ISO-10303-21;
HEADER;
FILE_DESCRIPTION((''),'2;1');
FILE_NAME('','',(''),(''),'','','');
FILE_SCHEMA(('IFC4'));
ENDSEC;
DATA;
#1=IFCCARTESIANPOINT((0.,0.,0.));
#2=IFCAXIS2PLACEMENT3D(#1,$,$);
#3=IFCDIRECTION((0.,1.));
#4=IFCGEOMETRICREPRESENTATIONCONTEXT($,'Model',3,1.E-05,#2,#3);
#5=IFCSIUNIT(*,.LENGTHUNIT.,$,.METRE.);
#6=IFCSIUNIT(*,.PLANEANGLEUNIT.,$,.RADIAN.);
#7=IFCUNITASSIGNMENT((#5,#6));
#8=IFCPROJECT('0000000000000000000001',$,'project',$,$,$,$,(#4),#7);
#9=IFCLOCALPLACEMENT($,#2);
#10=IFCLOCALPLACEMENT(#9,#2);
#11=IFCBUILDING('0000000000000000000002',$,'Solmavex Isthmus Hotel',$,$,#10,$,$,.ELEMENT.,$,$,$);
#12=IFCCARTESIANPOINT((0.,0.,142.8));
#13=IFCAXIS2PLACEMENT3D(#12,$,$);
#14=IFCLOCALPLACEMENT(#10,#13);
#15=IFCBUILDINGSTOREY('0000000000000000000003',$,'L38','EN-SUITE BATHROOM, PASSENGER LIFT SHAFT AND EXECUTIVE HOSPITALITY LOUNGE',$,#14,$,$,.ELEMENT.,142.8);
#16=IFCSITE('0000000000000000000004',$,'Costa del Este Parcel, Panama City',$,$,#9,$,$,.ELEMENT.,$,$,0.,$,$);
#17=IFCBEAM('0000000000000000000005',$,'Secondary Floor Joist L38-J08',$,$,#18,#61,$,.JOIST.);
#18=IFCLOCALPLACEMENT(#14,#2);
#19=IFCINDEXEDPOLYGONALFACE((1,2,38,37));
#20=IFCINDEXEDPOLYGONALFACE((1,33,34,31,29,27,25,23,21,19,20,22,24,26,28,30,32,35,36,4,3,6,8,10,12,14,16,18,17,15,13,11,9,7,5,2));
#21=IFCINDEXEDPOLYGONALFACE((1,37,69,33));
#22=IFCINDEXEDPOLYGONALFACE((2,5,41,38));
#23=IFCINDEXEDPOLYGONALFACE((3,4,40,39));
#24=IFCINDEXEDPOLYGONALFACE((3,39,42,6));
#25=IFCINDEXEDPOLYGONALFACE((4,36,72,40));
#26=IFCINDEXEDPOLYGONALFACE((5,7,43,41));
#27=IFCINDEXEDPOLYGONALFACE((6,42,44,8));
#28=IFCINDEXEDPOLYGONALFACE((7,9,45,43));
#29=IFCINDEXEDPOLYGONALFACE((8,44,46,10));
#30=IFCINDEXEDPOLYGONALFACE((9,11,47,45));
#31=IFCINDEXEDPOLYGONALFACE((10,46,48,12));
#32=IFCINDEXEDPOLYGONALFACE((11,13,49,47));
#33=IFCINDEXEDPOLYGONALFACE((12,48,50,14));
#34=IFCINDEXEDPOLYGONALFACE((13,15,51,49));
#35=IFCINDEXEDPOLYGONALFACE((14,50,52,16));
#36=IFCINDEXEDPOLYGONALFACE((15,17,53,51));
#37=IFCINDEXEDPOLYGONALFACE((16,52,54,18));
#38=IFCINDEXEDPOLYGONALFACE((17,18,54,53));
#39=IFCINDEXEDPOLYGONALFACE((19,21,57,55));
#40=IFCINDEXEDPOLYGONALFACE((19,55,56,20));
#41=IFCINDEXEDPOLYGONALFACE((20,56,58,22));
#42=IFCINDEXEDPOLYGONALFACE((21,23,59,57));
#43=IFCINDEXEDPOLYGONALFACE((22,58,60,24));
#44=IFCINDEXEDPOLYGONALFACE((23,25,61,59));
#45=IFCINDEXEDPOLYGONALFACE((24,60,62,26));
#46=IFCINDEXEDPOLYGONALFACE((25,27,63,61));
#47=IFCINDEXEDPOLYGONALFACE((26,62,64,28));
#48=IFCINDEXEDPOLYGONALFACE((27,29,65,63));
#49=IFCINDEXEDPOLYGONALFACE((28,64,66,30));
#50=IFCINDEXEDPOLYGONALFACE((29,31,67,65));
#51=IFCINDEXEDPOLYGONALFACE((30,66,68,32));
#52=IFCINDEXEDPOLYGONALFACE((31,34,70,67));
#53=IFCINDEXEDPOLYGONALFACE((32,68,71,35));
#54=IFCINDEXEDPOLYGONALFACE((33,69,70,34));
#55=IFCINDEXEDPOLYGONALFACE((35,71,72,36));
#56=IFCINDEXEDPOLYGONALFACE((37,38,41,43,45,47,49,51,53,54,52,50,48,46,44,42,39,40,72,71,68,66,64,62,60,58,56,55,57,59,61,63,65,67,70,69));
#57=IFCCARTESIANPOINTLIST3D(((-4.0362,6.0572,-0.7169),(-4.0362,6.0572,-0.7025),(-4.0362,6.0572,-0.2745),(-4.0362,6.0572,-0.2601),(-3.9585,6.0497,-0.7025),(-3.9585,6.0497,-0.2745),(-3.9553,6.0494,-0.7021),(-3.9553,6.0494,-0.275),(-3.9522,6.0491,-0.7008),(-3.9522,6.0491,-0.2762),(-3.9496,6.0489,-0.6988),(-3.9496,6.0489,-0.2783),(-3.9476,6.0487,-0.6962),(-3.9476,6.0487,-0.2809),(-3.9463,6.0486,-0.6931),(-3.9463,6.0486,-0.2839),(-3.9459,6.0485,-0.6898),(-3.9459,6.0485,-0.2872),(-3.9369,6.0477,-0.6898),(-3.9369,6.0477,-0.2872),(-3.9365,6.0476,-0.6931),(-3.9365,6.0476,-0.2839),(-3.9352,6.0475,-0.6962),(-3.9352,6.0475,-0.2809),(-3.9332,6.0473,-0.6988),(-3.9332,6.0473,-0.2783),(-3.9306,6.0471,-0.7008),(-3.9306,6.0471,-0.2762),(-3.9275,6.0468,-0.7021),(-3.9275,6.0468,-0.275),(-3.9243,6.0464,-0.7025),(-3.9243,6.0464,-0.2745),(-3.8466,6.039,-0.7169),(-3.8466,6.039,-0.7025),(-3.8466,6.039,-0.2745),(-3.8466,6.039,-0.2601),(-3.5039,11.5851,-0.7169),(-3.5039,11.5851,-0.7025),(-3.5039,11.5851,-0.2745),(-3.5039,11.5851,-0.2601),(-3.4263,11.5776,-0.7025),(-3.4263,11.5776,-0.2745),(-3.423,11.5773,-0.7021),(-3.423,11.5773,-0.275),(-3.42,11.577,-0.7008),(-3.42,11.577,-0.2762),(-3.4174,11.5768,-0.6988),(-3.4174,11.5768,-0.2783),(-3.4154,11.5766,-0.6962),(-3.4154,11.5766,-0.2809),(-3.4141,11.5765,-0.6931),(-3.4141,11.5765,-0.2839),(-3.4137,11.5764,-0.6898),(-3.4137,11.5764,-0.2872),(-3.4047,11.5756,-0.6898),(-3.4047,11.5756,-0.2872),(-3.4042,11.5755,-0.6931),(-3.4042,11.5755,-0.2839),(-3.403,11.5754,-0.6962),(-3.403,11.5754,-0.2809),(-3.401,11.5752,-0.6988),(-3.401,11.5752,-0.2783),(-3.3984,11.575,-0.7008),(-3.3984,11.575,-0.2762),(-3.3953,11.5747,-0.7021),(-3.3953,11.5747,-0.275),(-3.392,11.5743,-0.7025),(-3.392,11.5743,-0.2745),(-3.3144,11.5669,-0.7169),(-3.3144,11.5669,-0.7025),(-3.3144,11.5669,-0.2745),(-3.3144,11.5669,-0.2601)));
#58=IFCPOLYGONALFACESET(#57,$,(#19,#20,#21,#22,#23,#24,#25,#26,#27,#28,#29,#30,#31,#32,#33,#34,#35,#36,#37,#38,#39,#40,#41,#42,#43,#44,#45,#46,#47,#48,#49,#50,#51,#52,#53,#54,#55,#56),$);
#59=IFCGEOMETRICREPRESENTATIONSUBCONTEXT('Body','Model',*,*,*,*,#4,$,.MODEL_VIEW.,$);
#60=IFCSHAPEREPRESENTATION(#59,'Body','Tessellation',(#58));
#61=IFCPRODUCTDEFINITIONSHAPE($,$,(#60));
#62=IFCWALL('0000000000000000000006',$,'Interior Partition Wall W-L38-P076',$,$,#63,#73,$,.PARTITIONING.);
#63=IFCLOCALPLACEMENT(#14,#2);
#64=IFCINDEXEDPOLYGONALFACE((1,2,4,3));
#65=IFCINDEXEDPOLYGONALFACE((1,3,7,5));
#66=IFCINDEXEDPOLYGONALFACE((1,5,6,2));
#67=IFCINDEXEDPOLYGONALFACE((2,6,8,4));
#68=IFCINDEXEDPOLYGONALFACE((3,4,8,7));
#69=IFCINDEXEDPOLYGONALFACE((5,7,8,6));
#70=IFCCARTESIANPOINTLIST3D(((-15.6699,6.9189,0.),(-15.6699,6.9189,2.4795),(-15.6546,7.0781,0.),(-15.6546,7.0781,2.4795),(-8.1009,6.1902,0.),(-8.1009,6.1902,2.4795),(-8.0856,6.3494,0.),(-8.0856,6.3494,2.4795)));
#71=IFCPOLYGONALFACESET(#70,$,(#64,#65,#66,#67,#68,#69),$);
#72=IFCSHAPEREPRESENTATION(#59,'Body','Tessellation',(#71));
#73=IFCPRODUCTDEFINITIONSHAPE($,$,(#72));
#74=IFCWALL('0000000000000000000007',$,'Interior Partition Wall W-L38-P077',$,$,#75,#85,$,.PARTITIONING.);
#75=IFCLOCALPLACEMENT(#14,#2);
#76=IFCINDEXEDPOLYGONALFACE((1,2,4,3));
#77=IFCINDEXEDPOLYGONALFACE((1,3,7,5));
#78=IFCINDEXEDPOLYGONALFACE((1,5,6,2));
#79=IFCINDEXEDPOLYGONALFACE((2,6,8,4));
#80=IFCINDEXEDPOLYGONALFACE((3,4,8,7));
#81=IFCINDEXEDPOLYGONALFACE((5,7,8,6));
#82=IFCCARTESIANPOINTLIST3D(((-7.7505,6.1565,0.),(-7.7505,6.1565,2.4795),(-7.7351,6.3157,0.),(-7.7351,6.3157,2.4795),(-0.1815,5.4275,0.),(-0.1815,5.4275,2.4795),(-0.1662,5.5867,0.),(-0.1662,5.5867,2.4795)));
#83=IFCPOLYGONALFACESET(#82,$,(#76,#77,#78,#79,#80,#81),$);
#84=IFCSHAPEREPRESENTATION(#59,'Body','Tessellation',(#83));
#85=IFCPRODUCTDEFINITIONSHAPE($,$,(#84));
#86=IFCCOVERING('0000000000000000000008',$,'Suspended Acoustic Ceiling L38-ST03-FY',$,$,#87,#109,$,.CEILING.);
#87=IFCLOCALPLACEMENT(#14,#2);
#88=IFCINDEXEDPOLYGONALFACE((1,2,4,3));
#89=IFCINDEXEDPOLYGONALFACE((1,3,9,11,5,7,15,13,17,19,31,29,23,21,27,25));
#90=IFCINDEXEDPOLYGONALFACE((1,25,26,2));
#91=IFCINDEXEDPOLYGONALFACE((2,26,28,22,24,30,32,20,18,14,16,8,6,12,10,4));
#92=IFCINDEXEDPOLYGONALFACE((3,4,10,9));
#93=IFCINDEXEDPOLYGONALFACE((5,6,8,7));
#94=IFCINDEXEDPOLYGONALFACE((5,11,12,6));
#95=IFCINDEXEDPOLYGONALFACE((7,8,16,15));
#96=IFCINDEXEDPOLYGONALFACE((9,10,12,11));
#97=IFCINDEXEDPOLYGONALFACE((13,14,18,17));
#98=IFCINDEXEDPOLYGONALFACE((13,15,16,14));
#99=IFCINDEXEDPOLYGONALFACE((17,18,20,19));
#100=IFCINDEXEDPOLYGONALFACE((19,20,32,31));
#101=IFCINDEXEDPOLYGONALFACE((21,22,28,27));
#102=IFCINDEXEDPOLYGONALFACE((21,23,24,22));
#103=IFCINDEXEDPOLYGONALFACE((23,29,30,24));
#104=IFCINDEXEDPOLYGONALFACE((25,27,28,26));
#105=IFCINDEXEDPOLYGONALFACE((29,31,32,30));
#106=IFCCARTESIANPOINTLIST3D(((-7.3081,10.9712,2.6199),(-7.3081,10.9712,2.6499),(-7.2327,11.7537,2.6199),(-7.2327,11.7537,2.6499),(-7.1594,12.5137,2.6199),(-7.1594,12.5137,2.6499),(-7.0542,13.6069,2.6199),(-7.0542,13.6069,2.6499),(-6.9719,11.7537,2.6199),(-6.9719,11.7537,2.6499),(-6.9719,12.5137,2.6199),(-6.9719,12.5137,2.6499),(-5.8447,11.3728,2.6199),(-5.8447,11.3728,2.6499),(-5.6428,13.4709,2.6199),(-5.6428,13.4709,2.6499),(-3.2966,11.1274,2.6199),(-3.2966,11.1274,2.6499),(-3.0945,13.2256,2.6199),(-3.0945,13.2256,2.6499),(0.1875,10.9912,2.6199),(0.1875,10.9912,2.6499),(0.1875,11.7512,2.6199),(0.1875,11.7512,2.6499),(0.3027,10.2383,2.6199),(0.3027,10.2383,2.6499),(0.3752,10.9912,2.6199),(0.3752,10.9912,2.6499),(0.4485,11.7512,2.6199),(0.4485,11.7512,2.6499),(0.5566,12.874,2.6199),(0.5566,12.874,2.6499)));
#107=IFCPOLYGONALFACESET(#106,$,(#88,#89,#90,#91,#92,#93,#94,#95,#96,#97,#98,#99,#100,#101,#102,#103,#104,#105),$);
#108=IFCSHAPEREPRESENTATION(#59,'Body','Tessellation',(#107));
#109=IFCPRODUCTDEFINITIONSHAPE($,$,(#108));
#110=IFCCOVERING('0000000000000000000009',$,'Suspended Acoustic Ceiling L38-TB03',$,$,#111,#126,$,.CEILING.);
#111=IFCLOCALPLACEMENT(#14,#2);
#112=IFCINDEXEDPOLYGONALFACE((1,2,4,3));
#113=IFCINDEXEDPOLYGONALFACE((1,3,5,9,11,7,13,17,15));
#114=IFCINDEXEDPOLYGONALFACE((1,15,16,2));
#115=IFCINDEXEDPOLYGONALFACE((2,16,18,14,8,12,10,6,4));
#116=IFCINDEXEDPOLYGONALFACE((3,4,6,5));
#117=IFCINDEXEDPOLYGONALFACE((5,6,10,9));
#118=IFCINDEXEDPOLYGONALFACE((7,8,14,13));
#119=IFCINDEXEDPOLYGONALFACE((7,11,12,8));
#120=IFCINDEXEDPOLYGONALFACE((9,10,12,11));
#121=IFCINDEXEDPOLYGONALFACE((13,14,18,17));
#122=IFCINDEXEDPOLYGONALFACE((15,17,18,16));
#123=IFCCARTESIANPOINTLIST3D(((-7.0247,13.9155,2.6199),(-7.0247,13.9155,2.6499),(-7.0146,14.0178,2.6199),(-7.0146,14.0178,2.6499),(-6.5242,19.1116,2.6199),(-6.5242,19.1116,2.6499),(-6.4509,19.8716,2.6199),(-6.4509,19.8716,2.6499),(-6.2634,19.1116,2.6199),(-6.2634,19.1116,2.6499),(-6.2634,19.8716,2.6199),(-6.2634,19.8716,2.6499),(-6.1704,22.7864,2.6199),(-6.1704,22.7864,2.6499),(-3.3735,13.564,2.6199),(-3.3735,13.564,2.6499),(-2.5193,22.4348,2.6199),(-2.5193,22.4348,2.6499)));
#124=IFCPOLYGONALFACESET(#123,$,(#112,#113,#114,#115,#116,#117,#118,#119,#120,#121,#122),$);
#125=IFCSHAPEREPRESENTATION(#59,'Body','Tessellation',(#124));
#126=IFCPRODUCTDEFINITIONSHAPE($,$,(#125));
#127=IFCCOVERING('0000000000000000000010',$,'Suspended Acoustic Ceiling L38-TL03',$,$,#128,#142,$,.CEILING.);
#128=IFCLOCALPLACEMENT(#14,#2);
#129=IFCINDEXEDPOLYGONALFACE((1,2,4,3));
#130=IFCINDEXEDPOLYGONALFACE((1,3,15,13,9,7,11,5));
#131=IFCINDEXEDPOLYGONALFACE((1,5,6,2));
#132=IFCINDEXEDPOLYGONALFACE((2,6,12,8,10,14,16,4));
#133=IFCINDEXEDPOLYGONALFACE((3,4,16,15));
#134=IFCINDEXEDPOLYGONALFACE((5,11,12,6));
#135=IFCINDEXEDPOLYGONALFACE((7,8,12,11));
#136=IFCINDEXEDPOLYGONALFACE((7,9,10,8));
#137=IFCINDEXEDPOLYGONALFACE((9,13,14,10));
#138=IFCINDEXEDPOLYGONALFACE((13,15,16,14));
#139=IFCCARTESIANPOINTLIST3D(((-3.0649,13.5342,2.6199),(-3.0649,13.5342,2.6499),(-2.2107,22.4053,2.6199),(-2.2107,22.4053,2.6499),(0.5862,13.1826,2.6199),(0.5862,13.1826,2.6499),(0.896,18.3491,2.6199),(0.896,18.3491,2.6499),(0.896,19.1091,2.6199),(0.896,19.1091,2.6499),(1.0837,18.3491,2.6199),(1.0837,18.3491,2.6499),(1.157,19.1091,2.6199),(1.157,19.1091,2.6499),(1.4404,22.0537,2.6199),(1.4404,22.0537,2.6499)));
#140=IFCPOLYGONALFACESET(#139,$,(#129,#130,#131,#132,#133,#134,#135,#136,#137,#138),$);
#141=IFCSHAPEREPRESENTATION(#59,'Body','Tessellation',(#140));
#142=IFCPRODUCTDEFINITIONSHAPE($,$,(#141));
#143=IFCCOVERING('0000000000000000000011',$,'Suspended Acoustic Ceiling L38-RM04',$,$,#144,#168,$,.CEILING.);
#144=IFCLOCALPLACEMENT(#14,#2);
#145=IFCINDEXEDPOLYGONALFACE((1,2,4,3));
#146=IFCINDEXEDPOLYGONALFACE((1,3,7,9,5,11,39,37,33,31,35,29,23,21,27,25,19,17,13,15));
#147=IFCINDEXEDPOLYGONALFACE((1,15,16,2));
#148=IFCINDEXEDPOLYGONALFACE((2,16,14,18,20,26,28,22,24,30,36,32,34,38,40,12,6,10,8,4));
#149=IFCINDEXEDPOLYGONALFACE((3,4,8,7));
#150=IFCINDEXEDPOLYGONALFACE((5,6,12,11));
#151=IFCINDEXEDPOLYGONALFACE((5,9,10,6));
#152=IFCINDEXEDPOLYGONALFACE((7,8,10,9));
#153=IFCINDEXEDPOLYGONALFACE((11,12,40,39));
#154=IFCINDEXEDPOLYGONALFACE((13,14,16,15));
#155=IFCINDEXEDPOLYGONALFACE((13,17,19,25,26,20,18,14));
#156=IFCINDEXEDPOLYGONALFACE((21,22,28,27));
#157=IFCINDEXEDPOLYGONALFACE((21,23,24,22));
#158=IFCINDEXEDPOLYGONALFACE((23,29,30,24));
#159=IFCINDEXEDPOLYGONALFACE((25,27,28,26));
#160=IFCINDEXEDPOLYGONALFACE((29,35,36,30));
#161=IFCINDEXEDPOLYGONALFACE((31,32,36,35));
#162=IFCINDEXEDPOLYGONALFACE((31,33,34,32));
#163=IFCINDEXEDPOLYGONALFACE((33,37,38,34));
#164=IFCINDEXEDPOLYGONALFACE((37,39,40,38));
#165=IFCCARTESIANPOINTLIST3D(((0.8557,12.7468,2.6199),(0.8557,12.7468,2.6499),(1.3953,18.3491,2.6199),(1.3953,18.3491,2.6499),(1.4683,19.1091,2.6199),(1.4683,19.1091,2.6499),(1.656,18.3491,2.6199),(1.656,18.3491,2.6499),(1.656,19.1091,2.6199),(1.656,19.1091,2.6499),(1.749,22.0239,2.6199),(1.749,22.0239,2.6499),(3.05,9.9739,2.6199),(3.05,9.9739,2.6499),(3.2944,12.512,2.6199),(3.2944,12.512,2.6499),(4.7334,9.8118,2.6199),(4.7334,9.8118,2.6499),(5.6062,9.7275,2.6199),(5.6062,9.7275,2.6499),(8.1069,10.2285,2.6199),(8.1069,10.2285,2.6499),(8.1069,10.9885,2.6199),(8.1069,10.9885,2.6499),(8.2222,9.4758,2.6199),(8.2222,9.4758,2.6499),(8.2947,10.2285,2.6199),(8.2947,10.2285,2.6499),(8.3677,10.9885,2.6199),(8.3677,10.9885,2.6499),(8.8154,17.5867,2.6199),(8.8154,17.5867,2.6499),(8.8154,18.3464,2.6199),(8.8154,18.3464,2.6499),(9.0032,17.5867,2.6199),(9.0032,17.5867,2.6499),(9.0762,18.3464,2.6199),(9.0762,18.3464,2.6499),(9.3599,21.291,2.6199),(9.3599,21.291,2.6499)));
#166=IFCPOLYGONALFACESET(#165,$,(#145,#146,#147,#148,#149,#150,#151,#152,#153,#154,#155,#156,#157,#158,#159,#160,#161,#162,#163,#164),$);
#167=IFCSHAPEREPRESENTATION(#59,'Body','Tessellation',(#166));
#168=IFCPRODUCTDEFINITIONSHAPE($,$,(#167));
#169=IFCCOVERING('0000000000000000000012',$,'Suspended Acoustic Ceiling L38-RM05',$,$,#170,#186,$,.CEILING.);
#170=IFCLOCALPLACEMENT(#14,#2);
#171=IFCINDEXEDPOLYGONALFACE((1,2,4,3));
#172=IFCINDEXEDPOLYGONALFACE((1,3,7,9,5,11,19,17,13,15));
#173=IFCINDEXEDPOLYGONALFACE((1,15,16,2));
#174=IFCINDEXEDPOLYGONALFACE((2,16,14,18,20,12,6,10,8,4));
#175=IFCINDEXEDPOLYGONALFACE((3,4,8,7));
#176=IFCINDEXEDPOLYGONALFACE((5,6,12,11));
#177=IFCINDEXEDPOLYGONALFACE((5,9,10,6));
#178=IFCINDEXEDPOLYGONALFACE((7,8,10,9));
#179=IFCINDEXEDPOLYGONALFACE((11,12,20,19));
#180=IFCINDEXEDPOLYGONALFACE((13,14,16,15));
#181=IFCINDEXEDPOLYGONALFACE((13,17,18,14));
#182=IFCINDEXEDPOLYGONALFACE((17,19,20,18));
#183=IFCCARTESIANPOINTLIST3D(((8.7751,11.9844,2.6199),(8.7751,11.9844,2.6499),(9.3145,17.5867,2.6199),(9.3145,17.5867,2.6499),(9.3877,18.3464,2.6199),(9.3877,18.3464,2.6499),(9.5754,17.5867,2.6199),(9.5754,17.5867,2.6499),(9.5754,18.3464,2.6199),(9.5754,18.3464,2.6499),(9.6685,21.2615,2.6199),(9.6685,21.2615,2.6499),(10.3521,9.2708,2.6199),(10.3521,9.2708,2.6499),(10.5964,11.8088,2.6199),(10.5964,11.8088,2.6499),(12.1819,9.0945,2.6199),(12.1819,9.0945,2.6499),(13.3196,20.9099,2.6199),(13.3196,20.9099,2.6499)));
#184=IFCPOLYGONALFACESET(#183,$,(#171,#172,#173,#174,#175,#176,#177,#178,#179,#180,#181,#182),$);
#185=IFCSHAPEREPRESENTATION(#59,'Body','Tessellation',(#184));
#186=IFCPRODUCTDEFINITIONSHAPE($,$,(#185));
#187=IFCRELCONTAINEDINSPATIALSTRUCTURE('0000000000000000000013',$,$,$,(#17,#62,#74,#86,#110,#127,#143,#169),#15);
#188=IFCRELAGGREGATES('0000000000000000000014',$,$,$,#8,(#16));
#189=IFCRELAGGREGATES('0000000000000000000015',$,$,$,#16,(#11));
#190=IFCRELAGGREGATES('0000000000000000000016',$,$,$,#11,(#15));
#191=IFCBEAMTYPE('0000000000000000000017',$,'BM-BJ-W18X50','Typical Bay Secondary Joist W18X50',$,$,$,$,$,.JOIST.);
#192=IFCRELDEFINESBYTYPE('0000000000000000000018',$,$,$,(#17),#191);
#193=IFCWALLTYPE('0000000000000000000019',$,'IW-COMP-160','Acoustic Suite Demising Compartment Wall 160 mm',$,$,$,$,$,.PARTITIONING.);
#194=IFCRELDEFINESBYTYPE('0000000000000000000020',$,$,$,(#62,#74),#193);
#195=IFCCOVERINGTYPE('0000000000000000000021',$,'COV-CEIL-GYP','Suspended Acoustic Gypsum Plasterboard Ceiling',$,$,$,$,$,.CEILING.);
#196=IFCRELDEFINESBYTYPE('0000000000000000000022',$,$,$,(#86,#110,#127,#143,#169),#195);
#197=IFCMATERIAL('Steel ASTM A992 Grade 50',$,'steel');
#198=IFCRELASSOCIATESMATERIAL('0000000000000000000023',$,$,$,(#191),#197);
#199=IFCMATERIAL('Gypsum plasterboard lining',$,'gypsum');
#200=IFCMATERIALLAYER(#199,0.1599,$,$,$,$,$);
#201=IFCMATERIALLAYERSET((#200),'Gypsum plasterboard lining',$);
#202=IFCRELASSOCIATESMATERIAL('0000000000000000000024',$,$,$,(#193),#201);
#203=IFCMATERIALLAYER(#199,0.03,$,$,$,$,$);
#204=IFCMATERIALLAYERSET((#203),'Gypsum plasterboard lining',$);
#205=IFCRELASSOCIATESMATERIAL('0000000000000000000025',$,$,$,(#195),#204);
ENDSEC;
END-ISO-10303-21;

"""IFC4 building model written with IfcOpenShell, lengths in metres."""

from ifc_helpers import new_model, si_unit, direction, frame, frame_2d, origin, origin_2d, place, context, subcontext, project, spatial, polyline, rectangle, i_section, outline, extrude, material, layer, layer_set, material_profile, profile_set, type_object, element, save


model = new_model("IFC4")

# Units and contexts
model_context = context("Model", 3, precision=1e-05, world=origin(), true_north=direction((0.0, 1.0)))
body_context = subcontext(model_context, "Body", "Model", "MODEL_VIEW")
ifc_project = project(units=[si_unit("LENGTHUNIT", "METRE"), si_unit("PLANEANGLEUNIT", "RADIAN")], contexts=[model_context])

# Site, building, storey
site_placement = place(None, origin())
site = spatial("IfcSite", under=ifc_project, at=site_placement, Name="Costa del Este Parcel, Panama City", CompositionType="ELEMENT", RefElevation=0.0)
building_placement = place(site_placement, origin())
building = spatial("IfcBuilding", under=site, at=building_placement, Name="Solmavex Isthmus Hotel", CompositionType="ELEMENT")
storey_placement = place(building_placement, frame((0.0, 0.0, 142.8)))
storey = spatial("IfcBuildingStorey", under=building, at=storey_placement, Name="L38", Description="EN-SUITE BATHROOM, PASSENGER LIFT SHAFT AND EXECUTIVE HOSPITALITY LOUNGE", CompositionType="ELEMENT", Elevation=142.8)

# Beam
ifc_material_1 = material(Name="Steel ASTM A992 Grade 50", Category="steel")
ifc_material_profile_1 = material_profile(ifc_material_1, i_section(OverallWidth=0.1904, OverallDepth=0.4568, WebThickness=0.009, FlangeThickness=0.0144, FilletRadius=0.0127, at=origin_2d()), Name="W18X50")
ifc_profile_set_1 = profile_set([ifc_material_profile_1], Name="Steel ASTM A992 Grade 50")
beam_type_1 = type_object("IfcBeamType", Name="BM-BJ-W18X50", Description="Typical Bay Secondary Joist W18X50", PredefinedType="JOIST", material=ifc_profile_set_1)
beam_1_placement = place(storey_placement, frame((-3.9414, 6.0481, -0.4885), z_axis=(0.095838, 0.995397, 0.0), x_axis=(-0.995397, 0.095838, 0.0)))
element("IfcBeam", 1, at=beam_1_placement, inside=storey, type_object=beam_type_1, Name="Secondary Floor Joist L38-J08", PredefinedType="JOIST", context=body_context, shape_type="SweptSolid", body=[
    extrude(i_section(OverallWidth=0.1904, OverallDepth=0.4568, WebThickness=0.009, FlangeThickness=0.0144, FilletRadius=0.0127, at=origin_2d()), origin(), (0.0, 0.0, 1.0), 5.5535),
])

# Walls
ifc_material_2 = material(Name="Gypsum plasterboard lining", Category="gypsum")
ifc_layer_1 = layer(ifc_material_2, 0.1599)
ifc_layer_set_1 = layer_set([ifc_layer_1], Name="Gypsum plasterboard lining")
wall_type = type_object("IfcWallType", Name="IW-COMP-160", Description="Acoustic Suite Demising Compartment Wall 160 mm", PredefinedType="PARTITIONING", material=ifc_layer_set_1)
for number, where, z_axis, x_axis, name in (
    (2, (-8.0933, 6.2698, 0.0), (0.0, 0.0, 1.0), (-0.995397, 0.095838, 0.0), "Interior Partition Wall W-L38-P076"),
    (3, (-0.1738, 5.5071, 0.0), (0.0, 0.0, 1.0), (-0.995394, 0.09587, 0.0), "Interior Partition Wall W-L38-P077"),
):
    element("IfcWall", number, at=place(storey_placement, frame(where, z_axis=z_axis, x_axis=x_axis)), inside=storey, type_object=wall_type, Name=name, PredefinedType="PARTITIONING", context=body_context, shape_type="SweptSolid", body=[
        extrude(rectangle(XDim=7.604, YDim=0.1599, at=frame_2d((3.802, 0.0))), origin(), (0.0, 0.0, 1.0), 2.4795),
    ])

# Coverings
ifc_layer_2 = layer(ifc_material_2, 0.03)
ifc_layer_set_2 = layer_set([ifc_layer_2], Name="Gypsum plasterboard lining")
covering_type_1 = type_object("IfcCoveringType", Name="COV-CEIL-GYP", Description="Suspended Acoustic Gypsum Plasterboard Ceiling", PredefinedType="CEILING", material=ifc_layer_set_2)
covering_1_placement = place(storey_placement, frame((0.0, 0.0, 2.6199)))
element("IfcCovering", 4, at=covering_1_placement, inside=storey, type_object=covering_type_1, Name="Suspended Acoustic Ceiling L38-ST03-FY", PredefinedType="CEILING", context=body_context, shape_type="SweptSolid", body=[
    extrude(outline(polyline([(-3.0945, 13.2256), (-3.2966, 11.1274), (-5.8447, 11.3728), (-5.6428, 13.4709), (-7.0542, 13.6069), (-7.1594, 12.5137), (-6.9719, 12.5137), (-6.9719, 11.7537), (-7.2327, 11.7537), (-7.3081, 10.9712), (0.3027, 10.2383), (0.3752, 10.9912), (0.1875, 10.9912), (0.1875, 11.7512), (0.4485, 11.7512), (0.5566, 12.874), (-3.0945, 13.2256)])), origin(), (0.0, 0.0, 1.0), 0.03),
])
covering_2_placement = place(storey_placement, frame((0.0, 0.0, 2.6199)))
element("IfcCovering", 5, at=covering_2_placement, inside=storey, type_object=covering_type_1, Name="Suspended Acoustic Ceiling L38-TB03", PredefinedType="CEILING", context=body_context, shape_type="SweptSolid", body=[
    extrude(outline(polyline([(-6.4509, 19.8716), (-6.2634, 19.8716), (-6.2634, 19.1116), (-6.5242, 19.1116), (-7.0146, 14.0178), (-7.0247, 13.9155), (-3.3735, 13.564), (-2.5193, 22.4348), (-6.1704, 22.7864), (-6.4509, 19.8716)])), origin(), (0.0, 0.0, 1.0), 0.03),
])
covering_3_placement = place(storey_placement, frame((0.0, 0.0, 2.6199)))
element("IfcCovering", 6, at=covering_3_placement, inside=storey, type_object=covering_type_1, Name="Suspended Acoustic Ceiling L38-TL03", PredefinedType="CEILING", context=body_context, shape_type="SweptSolid", body=[
    extrude(outline(polyline([(1.0837, 18.3491), (0.896, 18.3491), (0.896, 19.1091), (1.157, 19.1091), (1.4404, 22.0537), (-2.2107, 22.4053), (-3.0649, 13.5342), (0.5862, 13.1826), (1.0837, 18.3491)])), origin(), (0.0, 0.0, 1.0), 0.03),
])
covering_4_placement = place(storey_placement, frame((0.0, 0.0, 2.6199)))
element("IfcCovering", 7, at=covering_4_placement, inside=storey, type_object=covering_type_1, Name="Suspended Acoustic Ceiling L38-RM04", PredefinedType="CEILING", context=body_context, shape_type="SweptSolid", body=[
    extrude(outline(polyline([(1.4683, 19.1091), (1.656, 19.1091), (1.656, 18.3491), (1.3953, 18.3491), (0.8557, 12.7468), (3.2944, 12.512), (3.05, 9.9739), (4.7334, 9.8118), (5.6062, 9.7275), (8.2222, 9.4758), (8.2947, 10.2285), (8.1069, 10.2285), (8.1069, 10.9885), (8.3677, 10.9885), (9.0032, 17.5867), (8.8154, 17.5867), (8.8154, 18.3464), (9.0762, 18.3464), (9.3599, 21.291), (1.749, 22.0239), (1.4683, 19.1091)])), origin(), (0.0, 0.0, 1.0), 0.03),
])
covering_5_placement = place(storey_placement, frame((0.0, 0.0, 2.6199)))
element("IfcCovering", 8, at=covering_5_placement, inside=storey, type_object=covering_type_1, Name="Suspended Acoustic Ceiling L38-RM05", PredefinedType="CEILING", context=body_context, shape_type="SweptSolid", body=[
    extrude(outline(polyline([(9.3877, 18.3464), (9.5754, 18.3464), (9.5754, 17.5867), (9.3145, 17.5867), (8.7751, 11.9844), (10.5964, 11.8088), (10.3521, 9.2708), (12.1819, 9.0945), (13.3196, 20.9099), (9.6685, 21.2615), (9.3877, 18.3464)])), origin(), (0.0, 0.0, 1.0), 0.03),
])

save(model, "model.ifc")
